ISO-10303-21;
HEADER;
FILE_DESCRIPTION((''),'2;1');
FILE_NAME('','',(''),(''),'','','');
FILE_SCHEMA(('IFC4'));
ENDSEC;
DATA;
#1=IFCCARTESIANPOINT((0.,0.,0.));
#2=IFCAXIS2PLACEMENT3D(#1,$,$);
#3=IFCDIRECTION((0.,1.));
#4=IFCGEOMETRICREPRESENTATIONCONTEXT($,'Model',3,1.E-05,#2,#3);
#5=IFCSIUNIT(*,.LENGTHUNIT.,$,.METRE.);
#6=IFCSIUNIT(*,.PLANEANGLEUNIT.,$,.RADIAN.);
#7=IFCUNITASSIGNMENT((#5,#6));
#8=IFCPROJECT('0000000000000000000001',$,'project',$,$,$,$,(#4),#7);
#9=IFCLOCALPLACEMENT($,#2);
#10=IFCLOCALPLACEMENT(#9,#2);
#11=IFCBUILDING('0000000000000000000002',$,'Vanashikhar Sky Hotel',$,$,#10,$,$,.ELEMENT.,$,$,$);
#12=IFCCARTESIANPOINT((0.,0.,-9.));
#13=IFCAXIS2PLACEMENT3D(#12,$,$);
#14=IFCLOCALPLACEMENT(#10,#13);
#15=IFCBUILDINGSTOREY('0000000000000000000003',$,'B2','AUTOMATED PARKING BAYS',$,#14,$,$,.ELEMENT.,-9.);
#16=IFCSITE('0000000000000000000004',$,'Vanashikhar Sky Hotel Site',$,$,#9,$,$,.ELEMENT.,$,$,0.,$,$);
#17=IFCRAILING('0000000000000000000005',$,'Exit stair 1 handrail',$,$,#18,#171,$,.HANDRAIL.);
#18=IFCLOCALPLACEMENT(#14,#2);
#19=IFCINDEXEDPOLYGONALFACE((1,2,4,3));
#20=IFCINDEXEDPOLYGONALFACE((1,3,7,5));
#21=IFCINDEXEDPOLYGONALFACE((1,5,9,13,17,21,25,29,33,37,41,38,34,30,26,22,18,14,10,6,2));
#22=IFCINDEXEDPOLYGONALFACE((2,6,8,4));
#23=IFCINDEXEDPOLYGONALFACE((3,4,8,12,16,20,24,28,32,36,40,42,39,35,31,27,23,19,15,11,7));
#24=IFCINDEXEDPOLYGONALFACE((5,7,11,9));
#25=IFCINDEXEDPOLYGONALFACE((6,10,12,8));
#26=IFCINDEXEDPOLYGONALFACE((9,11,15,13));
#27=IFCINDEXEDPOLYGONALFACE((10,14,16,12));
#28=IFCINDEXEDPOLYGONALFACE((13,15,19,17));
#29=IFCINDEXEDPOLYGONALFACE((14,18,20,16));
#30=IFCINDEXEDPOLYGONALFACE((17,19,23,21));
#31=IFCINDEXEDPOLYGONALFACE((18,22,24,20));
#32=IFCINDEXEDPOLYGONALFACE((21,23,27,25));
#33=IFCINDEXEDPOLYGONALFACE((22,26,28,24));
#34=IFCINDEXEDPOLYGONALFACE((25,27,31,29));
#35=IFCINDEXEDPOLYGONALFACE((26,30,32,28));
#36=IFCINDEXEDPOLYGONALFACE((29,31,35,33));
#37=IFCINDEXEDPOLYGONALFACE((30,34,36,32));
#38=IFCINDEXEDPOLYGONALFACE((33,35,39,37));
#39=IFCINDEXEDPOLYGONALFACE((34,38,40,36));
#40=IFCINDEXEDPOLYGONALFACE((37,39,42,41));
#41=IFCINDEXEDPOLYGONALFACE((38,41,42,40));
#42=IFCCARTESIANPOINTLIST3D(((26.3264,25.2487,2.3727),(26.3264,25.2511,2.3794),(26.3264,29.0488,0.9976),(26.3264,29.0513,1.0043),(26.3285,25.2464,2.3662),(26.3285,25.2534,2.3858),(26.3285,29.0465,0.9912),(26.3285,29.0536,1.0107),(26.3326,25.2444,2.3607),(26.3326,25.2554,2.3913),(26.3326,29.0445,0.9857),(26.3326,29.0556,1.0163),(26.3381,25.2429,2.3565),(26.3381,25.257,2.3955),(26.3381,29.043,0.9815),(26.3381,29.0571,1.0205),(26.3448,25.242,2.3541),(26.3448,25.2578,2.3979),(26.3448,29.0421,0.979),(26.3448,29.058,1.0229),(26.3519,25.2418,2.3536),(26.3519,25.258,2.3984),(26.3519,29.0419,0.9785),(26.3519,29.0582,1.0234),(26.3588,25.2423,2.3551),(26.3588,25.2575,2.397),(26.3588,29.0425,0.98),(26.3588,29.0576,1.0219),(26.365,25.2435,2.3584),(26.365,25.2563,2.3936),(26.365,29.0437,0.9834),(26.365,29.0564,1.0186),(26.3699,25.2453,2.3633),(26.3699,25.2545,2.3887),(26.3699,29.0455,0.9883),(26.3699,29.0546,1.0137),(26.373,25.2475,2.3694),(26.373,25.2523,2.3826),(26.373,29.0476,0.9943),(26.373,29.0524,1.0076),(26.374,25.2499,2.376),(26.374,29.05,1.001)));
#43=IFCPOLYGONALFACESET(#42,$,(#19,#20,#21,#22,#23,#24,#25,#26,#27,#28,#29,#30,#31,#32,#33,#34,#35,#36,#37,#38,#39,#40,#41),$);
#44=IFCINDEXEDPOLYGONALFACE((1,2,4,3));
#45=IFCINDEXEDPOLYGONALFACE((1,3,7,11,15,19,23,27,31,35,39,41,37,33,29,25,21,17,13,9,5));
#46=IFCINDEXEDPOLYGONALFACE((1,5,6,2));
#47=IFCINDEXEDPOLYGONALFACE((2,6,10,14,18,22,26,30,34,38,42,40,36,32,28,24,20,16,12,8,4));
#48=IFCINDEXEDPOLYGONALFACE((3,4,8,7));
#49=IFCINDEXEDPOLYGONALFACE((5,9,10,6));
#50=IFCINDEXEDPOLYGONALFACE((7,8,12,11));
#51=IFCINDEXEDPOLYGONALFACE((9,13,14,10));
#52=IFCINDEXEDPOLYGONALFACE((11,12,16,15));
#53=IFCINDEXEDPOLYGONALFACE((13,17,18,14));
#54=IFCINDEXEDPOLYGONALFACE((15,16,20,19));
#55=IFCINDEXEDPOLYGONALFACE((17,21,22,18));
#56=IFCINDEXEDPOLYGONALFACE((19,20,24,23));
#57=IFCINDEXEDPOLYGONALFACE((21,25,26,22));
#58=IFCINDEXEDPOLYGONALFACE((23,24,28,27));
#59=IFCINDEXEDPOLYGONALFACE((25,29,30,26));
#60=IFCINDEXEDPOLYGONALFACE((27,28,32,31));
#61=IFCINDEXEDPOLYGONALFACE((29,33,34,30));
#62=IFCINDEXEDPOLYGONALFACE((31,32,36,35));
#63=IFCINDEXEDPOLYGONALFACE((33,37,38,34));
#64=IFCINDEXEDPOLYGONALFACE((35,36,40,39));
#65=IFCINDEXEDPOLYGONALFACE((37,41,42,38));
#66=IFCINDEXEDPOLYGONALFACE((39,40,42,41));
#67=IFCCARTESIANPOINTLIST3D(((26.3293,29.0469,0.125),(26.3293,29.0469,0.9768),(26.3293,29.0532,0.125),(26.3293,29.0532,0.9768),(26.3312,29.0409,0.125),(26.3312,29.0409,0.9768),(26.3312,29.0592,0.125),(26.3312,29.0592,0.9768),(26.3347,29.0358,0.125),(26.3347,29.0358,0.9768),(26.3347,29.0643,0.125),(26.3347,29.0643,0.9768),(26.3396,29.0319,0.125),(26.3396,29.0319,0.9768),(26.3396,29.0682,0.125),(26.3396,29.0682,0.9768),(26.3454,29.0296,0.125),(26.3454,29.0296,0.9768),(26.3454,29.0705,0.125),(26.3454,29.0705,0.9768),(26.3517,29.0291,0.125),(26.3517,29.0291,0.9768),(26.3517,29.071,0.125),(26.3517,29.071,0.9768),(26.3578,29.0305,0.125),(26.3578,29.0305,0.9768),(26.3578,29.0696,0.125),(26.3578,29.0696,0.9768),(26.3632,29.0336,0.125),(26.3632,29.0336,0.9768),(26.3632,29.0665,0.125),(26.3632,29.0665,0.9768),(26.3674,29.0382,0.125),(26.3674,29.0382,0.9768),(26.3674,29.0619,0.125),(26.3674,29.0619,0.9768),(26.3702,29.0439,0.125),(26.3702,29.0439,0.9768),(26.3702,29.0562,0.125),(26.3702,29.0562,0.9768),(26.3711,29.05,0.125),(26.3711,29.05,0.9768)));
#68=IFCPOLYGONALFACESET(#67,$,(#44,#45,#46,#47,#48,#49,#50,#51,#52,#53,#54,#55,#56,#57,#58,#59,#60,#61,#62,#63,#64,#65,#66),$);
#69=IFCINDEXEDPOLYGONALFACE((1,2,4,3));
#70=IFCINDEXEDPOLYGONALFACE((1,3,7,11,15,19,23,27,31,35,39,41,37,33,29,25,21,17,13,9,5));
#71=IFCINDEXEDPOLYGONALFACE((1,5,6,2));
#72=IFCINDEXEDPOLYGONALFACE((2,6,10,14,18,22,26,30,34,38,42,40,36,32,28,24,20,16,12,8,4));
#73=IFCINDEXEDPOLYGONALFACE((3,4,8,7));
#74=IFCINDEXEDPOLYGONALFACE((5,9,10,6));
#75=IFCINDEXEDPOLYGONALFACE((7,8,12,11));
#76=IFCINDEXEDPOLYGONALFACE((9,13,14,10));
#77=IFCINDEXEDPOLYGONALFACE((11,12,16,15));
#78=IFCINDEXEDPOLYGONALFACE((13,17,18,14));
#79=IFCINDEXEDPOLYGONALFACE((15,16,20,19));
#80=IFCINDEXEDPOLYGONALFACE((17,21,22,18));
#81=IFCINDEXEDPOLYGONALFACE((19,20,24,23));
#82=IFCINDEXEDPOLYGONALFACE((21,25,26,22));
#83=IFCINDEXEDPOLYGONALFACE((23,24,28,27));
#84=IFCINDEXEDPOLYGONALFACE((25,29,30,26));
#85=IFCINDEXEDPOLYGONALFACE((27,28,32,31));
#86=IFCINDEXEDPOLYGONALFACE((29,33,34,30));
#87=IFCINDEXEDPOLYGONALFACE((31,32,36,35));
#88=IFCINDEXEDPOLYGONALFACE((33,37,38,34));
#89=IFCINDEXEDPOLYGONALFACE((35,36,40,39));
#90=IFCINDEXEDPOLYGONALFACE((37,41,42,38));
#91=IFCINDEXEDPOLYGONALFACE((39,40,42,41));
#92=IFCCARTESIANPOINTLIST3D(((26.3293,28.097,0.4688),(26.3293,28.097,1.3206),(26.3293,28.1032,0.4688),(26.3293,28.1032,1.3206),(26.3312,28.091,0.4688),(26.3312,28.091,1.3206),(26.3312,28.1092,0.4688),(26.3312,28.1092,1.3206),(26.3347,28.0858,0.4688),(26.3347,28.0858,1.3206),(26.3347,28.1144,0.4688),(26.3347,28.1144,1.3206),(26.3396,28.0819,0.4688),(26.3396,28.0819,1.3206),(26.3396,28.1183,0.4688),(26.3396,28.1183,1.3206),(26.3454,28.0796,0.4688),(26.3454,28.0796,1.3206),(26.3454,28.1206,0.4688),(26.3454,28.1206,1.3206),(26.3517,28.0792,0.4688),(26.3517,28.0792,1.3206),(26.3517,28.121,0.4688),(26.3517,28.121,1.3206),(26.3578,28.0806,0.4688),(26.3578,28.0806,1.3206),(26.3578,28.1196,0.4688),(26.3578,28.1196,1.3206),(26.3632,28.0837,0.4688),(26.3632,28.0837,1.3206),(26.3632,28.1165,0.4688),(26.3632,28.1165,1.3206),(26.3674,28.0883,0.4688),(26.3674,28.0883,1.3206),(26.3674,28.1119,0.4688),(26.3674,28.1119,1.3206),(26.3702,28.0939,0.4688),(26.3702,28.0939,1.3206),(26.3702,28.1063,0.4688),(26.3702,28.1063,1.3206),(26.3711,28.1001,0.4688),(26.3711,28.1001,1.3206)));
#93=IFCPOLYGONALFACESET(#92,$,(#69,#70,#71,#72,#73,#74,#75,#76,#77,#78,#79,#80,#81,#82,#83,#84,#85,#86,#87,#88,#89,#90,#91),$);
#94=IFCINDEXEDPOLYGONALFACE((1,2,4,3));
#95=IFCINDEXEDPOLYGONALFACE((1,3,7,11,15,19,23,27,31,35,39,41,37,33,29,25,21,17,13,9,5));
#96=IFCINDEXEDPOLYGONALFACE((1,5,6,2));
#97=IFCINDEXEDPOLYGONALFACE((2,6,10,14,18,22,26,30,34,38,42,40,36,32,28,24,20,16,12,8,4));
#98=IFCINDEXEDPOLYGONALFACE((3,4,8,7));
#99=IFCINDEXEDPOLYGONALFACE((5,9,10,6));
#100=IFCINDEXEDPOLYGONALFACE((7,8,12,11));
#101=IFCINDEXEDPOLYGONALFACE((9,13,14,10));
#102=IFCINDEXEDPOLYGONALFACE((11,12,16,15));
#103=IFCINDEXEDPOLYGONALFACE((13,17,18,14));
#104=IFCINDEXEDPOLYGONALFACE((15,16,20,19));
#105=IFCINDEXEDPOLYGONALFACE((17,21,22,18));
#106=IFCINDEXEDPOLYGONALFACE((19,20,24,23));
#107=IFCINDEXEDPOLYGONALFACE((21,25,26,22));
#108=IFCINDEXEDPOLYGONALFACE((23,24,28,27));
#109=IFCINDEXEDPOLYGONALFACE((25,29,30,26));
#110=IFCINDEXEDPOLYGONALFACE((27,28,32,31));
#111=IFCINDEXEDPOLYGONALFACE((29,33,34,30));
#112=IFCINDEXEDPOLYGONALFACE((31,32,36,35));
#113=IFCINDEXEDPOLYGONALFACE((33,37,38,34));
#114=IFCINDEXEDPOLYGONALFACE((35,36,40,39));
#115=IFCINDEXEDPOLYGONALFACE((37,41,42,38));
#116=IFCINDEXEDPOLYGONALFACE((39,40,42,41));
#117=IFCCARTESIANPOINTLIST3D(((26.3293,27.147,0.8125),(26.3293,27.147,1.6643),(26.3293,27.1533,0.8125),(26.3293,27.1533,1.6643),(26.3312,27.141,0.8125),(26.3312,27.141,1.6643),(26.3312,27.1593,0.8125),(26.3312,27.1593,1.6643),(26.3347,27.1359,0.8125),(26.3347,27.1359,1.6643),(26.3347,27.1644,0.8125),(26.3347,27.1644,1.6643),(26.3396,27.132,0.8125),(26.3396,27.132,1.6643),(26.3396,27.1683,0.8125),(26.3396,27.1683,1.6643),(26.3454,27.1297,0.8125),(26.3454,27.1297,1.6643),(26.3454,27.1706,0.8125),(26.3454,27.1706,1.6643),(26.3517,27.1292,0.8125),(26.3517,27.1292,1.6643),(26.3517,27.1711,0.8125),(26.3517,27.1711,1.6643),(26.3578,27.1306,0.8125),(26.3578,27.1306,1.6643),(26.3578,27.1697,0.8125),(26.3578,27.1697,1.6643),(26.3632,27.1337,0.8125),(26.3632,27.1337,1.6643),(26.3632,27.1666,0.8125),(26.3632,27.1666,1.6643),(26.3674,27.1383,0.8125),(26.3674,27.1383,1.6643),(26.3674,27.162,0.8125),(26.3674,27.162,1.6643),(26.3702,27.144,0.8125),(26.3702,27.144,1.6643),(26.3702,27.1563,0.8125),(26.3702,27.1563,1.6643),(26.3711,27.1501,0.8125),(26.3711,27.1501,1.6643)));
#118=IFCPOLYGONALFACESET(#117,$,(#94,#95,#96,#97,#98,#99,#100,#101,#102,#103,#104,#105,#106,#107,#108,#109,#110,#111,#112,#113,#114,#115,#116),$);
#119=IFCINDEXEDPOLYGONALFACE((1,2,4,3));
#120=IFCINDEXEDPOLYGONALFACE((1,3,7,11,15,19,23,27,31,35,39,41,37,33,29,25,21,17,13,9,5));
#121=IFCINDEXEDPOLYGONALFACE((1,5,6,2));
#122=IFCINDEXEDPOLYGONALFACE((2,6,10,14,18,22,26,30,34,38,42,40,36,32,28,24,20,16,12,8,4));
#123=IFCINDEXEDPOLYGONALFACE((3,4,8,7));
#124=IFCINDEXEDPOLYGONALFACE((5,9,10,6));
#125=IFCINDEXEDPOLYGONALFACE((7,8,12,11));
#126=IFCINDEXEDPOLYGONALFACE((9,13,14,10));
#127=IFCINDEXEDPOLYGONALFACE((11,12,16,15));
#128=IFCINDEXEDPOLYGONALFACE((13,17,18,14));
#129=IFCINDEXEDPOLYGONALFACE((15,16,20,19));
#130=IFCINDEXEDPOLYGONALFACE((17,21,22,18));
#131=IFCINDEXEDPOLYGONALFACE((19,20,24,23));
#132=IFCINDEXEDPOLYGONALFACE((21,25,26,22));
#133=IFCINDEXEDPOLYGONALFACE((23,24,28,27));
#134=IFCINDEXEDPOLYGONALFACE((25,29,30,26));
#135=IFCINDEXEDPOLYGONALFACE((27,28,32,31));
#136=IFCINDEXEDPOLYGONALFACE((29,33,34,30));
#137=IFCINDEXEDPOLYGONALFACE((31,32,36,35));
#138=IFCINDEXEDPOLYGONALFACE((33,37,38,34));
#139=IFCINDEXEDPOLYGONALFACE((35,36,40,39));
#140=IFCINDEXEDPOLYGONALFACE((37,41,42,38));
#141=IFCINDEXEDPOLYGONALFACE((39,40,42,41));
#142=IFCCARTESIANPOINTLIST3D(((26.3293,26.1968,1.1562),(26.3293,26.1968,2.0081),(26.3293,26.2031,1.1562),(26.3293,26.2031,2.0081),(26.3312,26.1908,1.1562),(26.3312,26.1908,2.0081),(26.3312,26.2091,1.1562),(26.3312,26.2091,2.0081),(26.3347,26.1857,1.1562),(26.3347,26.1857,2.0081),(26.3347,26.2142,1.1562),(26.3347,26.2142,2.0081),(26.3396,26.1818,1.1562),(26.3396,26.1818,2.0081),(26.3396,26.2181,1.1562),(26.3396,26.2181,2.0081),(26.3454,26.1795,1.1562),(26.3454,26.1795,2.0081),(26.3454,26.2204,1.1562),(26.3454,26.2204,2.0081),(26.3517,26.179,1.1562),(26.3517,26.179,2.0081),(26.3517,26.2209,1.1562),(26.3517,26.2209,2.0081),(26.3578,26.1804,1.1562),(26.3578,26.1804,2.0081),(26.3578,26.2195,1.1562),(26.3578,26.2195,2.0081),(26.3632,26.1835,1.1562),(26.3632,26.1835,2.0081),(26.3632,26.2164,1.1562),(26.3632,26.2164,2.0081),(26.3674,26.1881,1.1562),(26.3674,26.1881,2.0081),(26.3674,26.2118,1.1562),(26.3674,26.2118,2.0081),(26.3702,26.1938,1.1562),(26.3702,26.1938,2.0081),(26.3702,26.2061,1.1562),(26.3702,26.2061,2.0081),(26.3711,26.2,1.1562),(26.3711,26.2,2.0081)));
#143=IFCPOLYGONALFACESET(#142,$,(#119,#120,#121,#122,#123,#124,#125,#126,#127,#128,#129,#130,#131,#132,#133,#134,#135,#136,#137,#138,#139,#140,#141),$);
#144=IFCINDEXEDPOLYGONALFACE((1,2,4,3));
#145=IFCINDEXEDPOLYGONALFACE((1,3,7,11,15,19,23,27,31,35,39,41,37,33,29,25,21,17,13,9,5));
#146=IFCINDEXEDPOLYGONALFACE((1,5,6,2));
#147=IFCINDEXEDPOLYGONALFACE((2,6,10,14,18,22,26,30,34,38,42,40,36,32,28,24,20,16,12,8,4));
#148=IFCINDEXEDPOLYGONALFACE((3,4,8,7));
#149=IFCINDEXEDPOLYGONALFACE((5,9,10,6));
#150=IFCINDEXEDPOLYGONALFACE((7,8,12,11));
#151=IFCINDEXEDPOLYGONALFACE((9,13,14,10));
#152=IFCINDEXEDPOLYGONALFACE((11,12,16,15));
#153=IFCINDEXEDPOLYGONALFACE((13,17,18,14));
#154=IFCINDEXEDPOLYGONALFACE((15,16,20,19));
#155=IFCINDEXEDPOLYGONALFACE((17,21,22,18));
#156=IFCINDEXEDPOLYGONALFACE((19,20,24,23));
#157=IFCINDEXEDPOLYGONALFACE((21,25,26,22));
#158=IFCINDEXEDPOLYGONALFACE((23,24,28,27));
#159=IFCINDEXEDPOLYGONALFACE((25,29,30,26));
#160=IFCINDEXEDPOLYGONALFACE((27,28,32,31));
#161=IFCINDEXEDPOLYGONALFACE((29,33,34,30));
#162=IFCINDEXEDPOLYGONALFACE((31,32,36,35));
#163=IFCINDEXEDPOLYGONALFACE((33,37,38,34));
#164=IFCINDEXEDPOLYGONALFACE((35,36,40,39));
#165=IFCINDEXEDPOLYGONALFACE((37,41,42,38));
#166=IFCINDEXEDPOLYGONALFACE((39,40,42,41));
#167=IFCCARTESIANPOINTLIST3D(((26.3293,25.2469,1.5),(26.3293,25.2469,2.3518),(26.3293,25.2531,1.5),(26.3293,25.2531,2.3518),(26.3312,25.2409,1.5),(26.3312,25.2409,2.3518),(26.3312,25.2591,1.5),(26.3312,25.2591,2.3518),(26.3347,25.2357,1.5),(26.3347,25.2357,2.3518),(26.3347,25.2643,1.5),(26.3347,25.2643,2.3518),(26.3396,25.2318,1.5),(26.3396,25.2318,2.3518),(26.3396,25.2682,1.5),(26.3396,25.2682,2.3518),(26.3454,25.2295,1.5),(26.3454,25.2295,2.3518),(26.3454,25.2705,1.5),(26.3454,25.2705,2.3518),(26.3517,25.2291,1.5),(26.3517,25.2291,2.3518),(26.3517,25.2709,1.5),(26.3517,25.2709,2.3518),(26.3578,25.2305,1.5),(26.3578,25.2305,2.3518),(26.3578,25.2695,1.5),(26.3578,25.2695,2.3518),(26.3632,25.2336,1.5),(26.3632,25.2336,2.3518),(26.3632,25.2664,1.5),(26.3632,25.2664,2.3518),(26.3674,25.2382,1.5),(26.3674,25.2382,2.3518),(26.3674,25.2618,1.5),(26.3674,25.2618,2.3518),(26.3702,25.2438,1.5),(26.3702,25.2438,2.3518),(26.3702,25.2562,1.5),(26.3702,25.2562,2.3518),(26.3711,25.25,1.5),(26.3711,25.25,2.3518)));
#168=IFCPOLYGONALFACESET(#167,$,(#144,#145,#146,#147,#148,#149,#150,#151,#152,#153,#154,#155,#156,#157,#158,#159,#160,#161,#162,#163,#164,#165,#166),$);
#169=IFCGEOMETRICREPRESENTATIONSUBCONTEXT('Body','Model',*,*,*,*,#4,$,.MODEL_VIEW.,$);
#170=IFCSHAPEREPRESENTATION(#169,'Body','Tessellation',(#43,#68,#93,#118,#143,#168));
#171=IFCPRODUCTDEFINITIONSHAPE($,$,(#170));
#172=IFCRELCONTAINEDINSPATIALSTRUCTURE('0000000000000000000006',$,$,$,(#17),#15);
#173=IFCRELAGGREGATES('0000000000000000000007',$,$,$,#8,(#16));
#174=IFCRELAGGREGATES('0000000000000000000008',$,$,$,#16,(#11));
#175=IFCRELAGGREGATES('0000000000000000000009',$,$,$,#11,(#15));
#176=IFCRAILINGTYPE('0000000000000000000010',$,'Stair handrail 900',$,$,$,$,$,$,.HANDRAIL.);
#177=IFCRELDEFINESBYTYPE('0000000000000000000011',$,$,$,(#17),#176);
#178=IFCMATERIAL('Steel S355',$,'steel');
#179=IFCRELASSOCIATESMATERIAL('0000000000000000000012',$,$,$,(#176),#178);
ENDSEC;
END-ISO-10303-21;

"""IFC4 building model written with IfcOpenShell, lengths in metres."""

from ifc_helpers import new_model, si_unit, direction, frame, origin, origin_2d, place, context, subcontext, project, spatial, circle, extrude, source, transform, mapped, material, type_object, element, save


model = new_model("IFC4")

# Units and contexts
model_context = context("Model", 3, precision=1e-05, world=origin(), true_north=direction((0.0, 1.0)))
body_context = subcontext(model_context, "Body", "Model", "MODEL_VIEW")
ifc_project = project(units=[si_unit("LENGTHUNIT", "METRE"), si_unit("PLANEANGLEUNIT", "RADIAN")], contexts=[model_context])

# Site, building, storey
site_placement = place(None, origin())
site = spatial("IfcSite", under=ifc_project, at=site_placement, Name="Vanashikhar Sky Hotel Site", CompositionType="ELEMENT", RefElevation=0.0)
building_placement = place(site_placement, origin())
building = spatial("IfcBuilding", under=site, at=building_placement, Name="Vanashikhar Sky Hotel", CompositionType="ELEMENT")
storey_placement = place(building_placement, frame((0.0, 0.0, -9.0)))
storey = spatial("IfcBuildingStorey", under=building, at=storey_placement, Name="B2", Description="AUTOMATED PARKING BAYS", CompositionType="ELEMENT", Elevation=-9.0)

# Railing
ifc_material_1 = material(Name="Steel S355", Category="steel")
railing_type_1 = type_object("IfcRailingType", Name="Stair handrail 900", PredefinedType="HANDRAIL", material=ifc_material_1)
shared_shape_1 = source(origin(), body_context, "Body", "SweptSolid", [
    extrude(circle(Radius=0.0239, at=origin_2d()), frame((0.0, 0.0, 0.876), z_axis=(0.0, -0.940336, 0.340249), x_axis=(1.0, 0.0, 0.0)), (0.0, 0.0, 1.0), 4.0413),
    extrude(circle(Radius=0.021, at=origin_2d()), origin(), (0.0, 0.0, 1.0), 0.8518),
    extrude(circle(Radius=0.021, at=origin_2d()), frame((0.0, -0.95, 0.3438)), (0.0, 0.0, 1.0), 0.8518),
    extrude(circle(Radius=0.021, at=origin_2d()), frame((0.0, -1.8999, 0.6875)), (0.0, 0.0, 1.0), 0.8518),
    extrude(circle(Radius=0.021, at=origin_2d()), frame((0.0, -2.8501, 1.0312)), (0.0, 0.0, 1.0), 0.8518),
    extrude(circle(Radius=0.021, at=origin_2d()), frame((0.0, -3.8, 1.375)), (0.0, 0.0, 1.0), 0.8518),
])
for number, where, name in (
    (1, (26.3501, 29.05, 0.125), "Exit stair 1 handrail"),
):
    element("IfcRailing", number, at=place(storey_placement, frame(where)), inside=storey, type_object=railing_type_1, Name=name, PredefinedType="HANDRAIL", context=body_context, shape_type="MappedRepresentation", body=[
        mapped(shared_shape_1, transform((0.0, 0.0, 0.0), scale=1.0)),
    ])

save(model, "model.ifc")
